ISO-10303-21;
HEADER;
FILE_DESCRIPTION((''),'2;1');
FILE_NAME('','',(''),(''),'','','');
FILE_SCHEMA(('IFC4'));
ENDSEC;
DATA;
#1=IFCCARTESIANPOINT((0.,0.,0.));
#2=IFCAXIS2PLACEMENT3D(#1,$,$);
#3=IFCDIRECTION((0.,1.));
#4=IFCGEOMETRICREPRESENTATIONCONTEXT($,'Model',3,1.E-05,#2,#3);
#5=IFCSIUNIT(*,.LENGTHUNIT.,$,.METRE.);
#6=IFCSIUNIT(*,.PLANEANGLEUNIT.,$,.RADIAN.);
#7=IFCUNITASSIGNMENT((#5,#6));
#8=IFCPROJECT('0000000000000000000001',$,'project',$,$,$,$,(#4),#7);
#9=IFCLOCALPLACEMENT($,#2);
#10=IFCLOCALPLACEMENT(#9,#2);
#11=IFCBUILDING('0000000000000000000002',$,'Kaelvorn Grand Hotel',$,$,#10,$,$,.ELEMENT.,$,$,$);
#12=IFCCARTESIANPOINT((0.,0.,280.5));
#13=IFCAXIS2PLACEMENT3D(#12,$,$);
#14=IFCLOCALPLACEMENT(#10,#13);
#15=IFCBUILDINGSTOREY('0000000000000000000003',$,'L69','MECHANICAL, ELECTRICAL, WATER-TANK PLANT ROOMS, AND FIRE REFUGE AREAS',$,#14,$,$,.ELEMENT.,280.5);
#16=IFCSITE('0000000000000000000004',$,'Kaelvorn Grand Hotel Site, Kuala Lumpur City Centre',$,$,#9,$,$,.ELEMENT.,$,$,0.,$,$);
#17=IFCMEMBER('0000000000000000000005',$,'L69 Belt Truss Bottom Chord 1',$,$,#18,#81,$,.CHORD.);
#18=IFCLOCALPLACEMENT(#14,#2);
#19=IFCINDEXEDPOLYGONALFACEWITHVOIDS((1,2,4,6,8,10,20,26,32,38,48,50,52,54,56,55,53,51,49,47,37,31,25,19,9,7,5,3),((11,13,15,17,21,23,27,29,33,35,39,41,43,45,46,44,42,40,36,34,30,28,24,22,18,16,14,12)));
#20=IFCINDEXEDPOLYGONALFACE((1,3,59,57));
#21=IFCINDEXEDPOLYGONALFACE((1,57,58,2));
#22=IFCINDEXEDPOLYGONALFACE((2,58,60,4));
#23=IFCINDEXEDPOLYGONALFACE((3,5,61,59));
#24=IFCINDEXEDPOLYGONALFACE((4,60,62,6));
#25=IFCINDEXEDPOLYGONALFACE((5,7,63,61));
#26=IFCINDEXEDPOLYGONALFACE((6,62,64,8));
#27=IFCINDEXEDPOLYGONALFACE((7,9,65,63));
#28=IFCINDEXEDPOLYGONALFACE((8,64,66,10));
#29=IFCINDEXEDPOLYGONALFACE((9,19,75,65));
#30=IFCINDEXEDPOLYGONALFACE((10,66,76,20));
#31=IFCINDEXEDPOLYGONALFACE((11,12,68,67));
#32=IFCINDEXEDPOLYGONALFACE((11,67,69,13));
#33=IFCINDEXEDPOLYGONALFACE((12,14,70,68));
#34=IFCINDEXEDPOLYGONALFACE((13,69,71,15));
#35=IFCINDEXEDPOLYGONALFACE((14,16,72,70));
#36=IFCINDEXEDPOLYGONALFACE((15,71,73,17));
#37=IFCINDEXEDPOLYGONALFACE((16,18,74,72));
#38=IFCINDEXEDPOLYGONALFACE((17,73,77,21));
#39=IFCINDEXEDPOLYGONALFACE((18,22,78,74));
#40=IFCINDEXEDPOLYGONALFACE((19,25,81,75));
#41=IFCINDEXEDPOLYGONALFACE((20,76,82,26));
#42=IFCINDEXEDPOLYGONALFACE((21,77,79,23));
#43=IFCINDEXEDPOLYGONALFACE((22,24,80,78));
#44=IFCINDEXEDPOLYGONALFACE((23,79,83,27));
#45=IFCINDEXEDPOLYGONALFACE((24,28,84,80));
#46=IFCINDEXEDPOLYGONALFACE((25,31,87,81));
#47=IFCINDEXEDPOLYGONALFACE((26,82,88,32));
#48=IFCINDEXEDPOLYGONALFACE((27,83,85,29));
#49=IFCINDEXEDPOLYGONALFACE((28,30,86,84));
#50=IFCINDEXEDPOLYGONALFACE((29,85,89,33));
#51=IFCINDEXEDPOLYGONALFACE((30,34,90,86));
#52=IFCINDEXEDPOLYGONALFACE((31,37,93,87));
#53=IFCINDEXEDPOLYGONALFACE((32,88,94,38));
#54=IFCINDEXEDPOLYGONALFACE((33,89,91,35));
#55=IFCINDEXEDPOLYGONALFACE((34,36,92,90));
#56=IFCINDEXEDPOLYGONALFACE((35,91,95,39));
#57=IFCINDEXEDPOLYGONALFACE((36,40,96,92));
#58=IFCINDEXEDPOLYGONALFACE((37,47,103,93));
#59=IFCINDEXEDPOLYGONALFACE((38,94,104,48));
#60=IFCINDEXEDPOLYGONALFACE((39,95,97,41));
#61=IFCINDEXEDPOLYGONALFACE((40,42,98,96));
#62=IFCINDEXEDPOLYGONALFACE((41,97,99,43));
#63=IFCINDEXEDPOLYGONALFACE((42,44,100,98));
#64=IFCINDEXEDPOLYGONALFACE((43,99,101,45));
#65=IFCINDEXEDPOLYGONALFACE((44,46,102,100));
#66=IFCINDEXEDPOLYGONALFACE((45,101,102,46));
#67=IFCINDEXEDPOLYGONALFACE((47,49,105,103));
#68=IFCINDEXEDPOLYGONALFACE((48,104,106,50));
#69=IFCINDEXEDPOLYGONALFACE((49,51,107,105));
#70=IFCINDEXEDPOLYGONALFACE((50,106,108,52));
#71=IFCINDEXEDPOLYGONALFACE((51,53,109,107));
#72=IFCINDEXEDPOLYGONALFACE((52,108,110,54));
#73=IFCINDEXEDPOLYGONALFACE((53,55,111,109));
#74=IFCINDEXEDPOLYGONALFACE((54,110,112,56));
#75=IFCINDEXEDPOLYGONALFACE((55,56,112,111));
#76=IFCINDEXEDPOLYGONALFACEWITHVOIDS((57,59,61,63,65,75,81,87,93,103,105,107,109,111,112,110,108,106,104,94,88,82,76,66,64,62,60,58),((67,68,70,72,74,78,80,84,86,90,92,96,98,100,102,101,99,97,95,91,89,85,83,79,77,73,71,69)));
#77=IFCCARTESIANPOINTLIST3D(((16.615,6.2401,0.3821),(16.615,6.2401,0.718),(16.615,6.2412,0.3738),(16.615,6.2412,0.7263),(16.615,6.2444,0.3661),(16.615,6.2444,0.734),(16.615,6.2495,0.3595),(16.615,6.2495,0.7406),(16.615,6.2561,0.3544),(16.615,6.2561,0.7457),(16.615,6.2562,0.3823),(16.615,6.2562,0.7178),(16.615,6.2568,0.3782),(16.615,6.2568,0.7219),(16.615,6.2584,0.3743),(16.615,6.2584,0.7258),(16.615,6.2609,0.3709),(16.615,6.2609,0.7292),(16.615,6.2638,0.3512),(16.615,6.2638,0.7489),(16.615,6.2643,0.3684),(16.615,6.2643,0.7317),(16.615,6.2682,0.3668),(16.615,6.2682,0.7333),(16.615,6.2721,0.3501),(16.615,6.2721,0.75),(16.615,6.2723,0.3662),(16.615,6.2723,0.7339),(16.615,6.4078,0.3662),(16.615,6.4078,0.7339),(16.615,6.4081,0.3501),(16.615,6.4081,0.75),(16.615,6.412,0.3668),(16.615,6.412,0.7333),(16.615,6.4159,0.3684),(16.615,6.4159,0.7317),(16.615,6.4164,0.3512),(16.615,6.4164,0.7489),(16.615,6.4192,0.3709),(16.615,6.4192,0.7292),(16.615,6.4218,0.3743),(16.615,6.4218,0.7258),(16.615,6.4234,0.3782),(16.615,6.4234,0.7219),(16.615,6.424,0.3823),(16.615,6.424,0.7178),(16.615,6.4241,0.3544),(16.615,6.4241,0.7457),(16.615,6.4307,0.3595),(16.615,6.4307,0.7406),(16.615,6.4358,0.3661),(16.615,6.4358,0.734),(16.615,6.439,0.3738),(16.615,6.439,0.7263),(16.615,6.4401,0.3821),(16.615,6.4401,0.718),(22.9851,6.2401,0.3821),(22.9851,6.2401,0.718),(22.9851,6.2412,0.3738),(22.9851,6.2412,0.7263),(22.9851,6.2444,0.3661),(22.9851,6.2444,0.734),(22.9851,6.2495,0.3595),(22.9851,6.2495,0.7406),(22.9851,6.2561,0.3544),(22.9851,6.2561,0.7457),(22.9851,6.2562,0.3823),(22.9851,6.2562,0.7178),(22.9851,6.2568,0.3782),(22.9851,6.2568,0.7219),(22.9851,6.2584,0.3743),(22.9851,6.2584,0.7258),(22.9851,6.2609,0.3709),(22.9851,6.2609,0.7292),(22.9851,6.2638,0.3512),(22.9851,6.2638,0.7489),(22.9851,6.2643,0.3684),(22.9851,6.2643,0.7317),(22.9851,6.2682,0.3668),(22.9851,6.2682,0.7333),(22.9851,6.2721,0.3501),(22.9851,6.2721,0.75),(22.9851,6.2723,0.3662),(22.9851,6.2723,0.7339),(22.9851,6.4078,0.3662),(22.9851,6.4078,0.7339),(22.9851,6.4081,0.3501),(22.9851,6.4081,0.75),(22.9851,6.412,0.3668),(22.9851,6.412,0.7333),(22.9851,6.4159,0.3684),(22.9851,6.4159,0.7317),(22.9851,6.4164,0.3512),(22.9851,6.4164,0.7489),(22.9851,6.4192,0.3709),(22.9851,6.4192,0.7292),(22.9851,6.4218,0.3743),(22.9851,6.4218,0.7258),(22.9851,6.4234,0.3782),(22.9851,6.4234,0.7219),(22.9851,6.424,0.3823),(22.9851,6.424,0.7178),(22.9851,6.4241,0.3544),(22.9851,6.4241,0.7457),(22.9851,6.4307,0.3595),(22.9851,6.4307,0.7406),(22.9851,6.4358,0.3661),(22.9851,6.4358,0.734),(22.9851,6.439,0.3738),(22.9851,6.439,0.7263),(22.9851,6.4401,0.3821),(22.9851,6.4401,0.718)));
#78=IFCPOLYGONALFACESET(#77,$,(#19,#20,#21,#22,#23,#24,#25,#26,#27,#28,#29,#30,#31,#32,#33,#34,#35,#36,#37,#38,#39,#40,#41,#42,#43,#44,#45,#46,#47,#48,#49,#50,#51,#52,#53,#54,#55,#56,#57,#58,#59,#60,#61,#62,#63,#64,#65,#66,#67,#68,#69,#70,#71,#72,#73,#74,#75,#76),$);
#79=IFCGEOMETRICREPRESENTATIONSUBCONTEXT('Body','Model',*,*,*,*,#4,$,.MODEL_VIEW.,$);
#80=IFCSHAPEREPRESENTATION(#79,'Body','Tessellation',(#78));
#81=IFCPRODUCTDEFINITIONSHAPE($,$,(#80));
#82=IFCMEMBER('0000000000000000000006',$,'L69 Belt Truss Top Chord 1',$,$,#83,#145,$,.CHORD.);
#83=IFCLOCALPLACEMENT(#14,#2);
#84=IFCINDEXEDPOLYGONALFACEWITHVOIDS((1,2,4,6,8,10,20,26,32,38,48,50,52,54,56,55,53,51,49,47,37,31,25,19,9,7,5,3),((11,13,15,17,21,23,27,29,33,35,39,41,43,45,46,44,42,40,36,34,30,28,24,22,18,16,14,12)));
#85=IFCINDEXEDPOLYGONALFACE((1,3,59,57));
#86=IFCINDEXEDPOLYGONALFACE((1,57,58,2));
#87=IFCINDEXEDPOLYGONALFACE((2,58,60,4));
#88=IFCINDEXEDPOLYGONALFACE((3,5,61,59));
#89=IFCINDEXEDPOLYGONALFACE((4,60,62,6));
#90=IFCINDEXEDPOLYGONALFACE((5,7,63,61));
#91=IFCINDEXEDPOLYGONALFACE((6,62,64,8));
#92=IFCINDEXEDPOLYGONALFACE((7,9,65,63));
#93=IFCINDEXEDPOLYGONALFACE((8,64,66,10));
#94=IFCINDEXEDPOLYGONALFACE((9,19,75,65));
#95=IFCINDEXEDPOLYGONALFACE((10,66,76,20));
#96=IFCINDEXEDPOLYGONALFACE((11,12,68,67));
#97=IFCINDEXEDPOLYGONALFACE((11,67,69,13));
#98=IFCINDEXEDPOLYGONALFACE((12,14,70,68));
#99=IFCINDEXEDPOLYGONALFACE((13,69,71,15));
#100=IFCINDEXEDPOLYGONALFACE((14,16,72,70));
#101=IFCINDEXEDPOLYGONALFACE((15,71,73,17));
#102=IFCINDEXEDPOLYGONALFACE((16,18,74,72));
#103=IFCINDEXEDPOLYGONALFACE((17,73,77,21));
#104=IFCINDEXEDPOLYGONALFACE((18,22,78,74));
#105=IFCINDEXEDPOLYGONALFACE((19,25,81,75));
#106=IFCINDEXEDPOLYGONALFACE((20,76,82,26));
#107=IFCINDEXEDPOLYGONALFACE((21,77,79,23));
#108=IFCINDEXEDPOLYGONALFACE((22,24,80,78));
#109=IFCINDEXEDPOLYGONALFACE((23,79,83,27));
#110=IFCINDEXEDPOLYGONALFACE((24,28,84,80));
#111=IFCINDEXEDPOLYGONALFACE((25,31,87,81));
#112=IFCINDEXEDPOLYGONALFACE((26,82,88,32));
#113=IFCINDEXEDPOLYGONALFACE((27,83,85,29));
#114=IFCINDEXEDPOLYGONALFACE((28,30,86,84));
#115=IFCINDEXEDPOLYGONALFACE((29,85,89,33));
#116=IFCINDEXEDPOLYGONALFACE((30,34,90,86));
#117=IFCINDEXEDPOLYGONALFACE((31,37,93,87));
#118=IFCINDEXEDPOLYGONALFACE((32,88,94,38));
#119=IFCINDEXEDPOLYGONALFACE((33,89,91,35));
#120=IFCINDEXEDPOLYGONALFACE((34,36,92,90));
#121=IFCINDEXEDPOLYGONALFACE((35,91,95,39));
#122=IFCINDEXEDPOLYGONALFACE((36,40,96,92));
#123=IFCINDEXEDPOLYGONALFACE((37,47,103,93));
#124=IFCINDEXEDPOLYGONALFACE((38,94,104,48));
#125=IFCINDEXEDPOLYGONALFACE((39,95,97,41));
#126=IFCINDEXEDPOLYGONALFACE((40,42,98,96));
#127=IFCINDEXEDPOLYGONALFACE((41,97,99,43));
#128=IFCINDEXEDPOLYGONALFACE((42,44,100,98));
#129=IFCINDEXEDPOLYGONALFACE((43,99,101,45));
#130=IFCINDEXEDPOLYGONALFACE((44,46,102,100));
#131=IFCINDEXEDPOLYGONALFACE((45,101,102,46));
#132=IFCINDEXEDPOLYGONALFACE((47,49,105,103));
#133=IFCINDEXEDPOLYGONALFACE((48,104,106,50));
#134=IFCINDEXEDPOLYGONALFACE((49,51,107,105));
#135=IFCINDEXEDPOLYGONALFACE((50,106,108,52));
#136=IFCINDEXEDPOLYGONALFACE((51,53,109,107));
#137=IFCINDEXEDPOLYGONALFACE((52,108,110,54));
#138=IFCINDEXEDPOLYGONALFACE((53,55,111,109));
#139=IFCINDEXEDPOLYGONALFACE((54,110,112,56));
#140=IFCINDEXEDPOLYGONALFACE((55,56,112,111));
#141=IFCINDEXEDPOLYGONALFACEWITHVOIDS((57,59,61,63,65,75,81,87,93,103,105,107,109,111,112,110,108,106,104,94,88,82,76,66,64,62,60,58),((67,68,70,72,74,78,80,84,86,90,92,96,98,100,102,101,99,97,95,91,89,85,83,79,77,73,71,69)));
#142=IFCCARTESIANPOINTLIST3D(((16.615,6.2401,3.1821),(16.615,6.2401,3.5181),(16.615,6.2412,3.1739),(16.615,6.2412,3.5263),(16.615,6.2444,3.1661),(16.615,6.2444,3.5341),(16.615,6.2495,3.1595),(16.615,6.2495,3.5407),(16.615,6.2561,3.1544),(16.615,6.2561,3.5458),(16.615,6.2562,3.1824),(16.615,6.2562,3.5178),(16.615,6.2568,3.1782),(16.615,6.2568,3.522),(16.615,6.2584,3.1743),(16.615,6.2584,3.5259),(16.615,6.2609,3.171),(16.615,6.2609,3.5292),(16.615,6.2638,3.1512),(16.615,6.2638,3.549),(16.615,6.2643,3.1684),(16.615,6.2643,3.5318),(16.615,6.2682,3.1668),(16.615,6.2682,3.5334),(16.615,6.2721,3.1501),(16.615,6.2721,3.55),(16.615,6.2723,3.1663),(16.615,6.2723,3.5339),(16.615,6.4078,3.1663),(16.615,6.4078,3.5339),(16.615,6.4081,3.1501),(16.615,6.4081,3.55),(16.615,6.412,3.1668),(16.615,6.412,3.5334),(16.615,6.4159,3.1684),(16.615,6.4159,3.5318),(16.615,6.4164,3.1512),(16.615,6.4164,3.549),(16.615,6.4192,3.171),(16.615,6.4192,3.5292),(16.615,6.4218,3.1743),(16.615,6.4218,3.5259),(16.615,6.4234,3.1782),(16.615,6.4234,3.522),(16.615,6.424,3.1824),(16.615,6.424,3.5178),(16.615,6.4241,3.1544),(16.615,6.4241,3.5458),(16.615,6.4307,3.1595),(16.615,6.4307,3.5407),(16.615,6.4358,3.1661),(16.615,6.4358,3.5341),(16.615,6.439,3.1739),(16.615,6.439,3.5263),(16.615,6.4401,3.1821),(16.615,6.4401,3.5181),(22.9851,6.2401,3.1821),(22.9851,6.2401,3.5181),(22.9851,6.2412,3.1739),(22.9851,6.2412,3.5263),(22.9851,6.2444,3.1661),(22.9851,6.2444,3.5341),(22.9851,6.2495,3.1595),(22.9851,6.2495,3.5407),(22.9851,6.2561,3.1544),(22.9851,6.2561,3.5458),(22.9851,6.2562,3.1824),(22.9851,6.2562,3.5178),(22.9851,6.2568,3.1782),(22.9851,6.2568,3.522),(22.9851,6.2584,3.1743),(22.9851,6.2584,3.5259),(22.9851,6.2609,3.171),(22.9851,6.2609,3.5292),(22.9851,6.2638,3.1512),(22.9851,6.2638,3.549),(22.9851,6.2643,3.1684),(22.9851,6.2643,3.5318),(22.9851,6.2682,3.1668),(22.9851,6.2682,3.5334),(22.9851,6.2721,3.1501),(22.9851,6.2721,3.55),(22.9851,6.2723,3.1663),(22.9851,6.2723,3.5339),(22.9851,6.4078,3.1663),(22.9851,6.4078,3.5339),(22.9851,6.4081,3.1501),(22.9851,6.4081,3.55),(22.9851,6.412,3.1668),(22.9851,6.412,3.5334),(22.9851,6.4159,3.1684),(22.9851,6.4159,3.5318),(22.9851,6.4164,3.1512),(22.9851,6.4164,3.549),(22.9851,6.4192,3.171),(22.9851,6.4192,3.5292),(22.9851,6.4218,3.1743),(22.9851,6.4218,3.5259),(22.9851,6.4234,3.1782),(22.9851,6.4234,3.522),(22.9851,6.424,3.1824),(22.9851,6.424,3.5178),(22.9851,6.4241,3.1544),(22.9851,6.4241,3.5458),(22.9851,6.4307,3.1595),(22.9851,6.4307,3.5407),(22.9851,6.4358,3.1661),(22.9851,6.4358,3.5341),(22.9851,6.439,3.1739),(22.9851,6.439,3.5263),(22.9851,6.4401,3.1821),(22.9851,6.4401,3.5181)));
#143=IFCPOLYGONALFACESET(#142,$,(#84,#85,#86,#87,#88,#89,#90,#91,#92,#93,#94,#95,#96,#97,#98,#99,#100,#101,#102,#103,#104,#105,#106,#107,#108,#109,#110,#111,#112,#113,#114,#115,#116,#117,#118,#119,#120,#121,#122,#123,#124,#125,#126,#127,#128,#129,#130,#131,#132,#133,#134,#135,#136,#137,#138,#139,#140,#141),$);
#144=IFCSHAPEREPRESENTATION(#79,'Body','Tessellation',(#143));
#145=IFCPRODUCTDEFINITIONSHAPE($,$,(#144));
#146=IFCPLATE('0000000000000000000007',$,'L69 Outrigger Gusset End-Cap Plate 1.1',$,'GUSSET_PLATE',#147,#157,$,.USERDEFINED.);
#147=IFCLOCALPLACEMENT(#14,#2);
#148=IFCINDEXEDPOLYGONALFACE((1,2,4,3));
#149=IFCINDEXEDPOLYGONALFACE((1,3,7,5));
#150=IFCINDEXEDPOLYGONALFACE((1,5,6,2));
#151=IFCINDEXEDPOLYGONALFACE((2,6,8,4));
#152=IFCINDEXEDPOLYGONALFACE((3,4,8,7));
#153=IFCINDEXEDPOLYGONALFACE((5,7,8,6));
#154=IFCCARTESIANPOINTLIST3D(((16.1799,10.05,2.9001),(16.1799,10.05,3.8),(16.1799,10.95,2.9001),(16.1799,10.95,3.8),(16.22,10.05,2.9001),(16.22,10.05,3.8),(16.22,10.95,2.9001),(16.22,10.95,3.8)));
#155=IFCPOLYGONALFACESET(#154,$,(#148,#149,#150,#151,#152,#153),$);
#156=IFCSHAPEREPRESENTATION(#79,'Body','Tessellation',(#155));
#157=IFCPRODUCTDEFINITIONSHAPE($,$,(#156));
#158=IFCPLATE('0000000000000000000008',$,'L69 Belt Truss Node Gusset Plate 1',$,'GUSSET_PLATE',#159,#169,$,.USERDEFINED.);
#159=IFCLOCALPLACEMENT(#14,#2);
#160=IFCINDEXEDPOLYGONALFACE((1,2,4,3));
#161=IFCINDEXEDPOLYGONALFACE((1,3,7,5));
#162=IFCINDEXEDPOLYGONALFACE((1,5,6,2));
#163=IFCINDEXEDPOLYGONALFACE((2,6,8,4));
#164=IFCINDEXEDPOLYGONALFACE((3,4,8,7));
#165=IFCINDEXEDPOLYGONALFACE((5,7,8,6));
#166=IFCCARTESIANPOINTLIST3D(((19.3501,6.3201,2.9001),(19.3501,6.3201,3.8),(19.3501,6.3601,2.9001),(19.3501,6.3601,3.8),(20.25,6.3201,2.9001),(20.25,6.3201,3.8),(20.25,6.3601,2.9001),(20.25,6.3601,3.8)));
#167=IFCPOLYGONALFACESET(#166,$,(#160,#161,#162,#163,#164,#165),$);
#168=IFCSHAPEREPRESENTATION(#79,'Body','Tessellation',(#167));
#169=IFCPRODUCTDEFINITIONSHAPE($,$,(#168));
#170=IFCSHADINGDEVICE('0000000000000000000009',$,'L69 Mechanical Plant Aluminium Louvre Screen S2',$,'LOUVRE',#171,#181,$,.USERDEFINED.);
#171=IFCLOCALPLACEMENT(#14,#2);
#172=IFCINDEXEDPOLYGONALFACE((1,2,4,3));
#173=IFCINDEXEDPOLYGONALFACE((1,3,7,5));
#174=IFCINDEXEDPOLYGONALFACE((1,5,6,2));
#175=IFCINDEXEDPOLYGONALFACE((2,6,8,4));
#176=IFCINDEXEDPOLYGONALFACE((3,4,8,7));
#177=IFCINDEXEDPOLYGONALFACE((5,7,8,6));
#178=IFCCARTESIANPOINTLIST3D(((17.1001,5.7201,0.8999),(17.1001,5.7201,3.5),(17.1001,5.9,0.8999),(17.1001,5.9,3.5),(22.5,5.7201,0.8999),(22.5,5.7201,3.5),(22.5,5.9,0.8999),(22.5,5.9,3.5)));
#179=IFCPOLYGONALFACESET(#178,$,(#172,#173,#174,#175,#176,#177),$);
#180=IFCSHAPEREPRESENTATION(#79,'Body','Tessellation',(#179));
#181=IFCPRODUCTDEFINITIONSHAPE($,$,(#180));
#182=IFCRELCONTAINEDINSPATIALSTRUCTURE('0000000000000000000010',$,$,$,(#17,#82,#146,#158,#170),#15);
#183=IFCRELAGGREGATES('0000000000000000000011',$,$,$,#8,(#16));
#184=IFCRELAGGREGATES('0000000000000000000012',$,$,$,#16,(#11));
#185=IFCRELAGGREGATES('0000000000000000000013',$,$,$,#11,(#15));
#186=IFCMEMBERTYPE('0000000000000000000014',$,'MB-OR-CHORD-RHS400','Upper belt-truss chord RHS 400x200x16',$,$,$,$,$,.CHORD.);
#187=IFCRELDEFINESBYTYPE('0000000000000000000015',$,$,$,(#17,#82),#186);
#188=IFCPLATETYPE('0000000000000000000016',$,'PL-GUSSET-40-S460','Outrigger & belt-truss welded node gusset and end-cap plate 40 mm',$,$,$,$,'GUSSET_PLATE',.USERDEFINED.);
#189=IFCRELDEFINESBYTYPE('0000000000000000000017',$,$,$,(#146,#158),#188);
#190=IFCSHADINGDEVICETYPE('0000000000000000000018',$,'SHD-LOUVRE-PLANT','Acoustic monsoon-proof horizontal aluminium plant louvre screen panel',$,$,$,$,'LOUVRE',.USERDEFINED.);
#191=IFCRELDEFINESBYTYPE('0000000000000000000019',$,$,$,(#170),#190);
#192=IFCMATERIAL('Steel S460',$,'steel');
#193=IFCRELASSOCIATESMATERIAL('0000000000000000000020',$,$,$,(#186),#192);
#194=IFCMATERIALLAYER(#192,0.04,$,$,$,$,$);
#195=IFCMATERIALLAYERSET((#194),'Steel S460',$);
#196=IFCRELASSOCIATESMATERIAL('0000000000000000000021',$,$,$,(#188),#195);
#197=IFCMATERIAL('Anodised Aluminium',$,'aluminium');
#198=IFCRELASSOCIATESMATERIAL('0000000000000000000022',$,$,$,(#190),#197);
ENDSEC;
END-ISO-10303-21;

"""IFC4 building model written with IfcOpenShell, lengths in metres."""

from ifc_helpers import new_model, si_unit, direction, frame, origin, origin_2d, place, context, subcontext, project, spatial, rectangle, hollow_rectangle, extrude, material, layer, layer_set, material_profile, profile_set, type_object, element, save


model = new_model("IFC4")

# Units and contexts
model_context = context("Model", 3, precision=1e-05, world=origin(), true_north=direction((0.0, 1.0)))
body_context = subcontext(model_context, "Body", "Model", "MODEL_VIEW")
ifc_project = project(units=[si_unit("LENGTHUNIT", "METRE"), si_unit("PLANEANGLEUNIT", "RADIAN")], contexts=[model_context])

# Site, building, storey
site_placement = place(None, origin())
site = spatial("IfcSite", under=ifc_project, at=site_placement, Name="Kaelvorn Grand Hotel Site, Kuala Lumpur City Centre", CompositionType="ELEMENT", RefElevation=0.0)
building_placement = place(site_placement, origin())
building = spatial("IfcBuilding", under=site, at=building_placement, Name="Kaelvorn Grand Hotel", CompositionType="ELEMENT")
storey_placement = place(building_placement, frame((0.0, 0.0, 280.5)))
storey = spatial("IfcBuildingStorey", under=building, at=storey_placement, Name="L69", Description="MECHANICAL, ELECTRICAL, WATER-TANK PLANT ROOMS, AND FIRE REFUGE AREAS", CompositionType="ELEMENT", Elevation=280.5)

# Shared definitions
ifc_material_1 = material(Name="Steel S460", Category="steel")

# Members
ifc_material_profile_1 = material_profile(ifc_material_1, hollow_rectangle(XDim=0.2, YDim=0.3999, WallThickness=0.0161, InnerFilletRadius=0.0161, OuterFilletRadius=0.032, at=origin_2d()), Name="RHS 400x200x16.0")
ifc_profile_set_1 = profile_set([ifc_material_profile_1], Name="Steel S460")
member_type_1 = type_object("IfcMemberType", Name="MB-OR-CHORD-RHS400", Description="Upper belt-truss chord RHS 400x200x16", PredefinedType="CHORD", material=ifc_profile_set_1)
for number, where, z_axis, x_axis, name in (
    (1, (16.615, 6.3401, 0.55), (1.0, 0.0, 0.0), (0.0, 1.0, 0.0), "L69 Belt Truss Bottom Chord 1"),
    (2, (16.615, 6.3401, 3.3501), (1.0, 0.0, 0.0), (0.0, 1.0, 0.0), "L69 Belt Truss Top Chord 1"),
):
    element("IfcMember", number, at=place(storey_placement, frame(where, z_axis=z_axis, x_axis=x_axis)), inside=storey, type_object=member_type_1, Name=name, PredefinedType="CHORD", context=body_context, shape_type="SweptSolid", body=[
        extrude(hollow_rectangle(XDim=0.2, YDim=0.3999, WallThickness=0.0161, InnerFilletRadius=0.0161, OuterFilletRadius=0.032, at=origin_2d()), origin(), (0.0, 0.0, 1.0), 6.3701),
    ])

# Plates
ifc_layer = layer(ifc_material_1, 0.04)
ifc_layer_set = layer_set([ifc_layer], Name="Steel S460")
plate_type = type_object("IfcPlateType", Name="PL-GUSSET-40-S460", Description="Outrigger & belt-truss welded node gusset and end-cap plate 40 mm", ElementType="GUSSET_PLATE", PredefinedType="USERDEFINED", material=ifc_layer_set)
plate_1_placement = place(storey_placement, frame((16.2, 10.5, 2.9001), z_axis=(0.0, 0.0, 1.0), x_axis=(1.0, 0.0, 0.0)))
element("IfcPlate", 3, at=plate_1_placement, inside=storey, type_object=plate_type, Name="L69 Outrigger Gusset End-Cap Plate 1.1", ObjectType="GUSSET_PLATE", PredefinedType="USERDEFINED", context=body_context, shape_type="SweptSolid", body=[
    extrude(rectangle(XDim=0.04, YDim=0.8999, at=origin_2d()), origin(), (0.0, 0.0, 1.0), 0.8999),
])
plate_2_placement = place(storey_placement, frame((19.8, 6.3401, 2.9001), z_axis=(0.0, 0.0, 1.0), x_axis=(1.0, 0.0, 0.0)))
element("IfcPlate", 4, at=plate_2_placement, inside=storey, type_object=plate_type, Name="L69 Belt Truss Node Gusset Plate 1", ObjectType="GUSSET_PLATE", PredefinedType="USERDEFINED", context=body_context, shape_type="SweptSolid", body=[
    extrude(rectangle(XDim=0.8999, YDim=0.04, at=origin_2d()), origin(), (0.0, 0.0, 1.0), 0.8999),
])

# Shading device
ifc_material_2 = material(Name="Anodised Aluminium", Category="aluminium")
shading_device_type = type_object("IfcShadingDeviceType", Name="SHD-LOUVRE-PLANT", Description="Acoustic monsoon-proof horizontal aluminium plant louvre screen panel", ElementType="LOUVRE", PredefinedType="USERDEFINED", material=ifc_material_2)
shading_device_placement = place(storey_placement, frame((19.8, 5.8101, 0.8999), z_axis=(0.0, 0.0, 1.0), x_axis=(1.0, 0.0, 0.0)))
element("IfcShadingDevice", 5, at=shading_device_placement, inside=storey, type_object=shading_device_type, Name="L69 Mechanical Plant Aluminium Louvre Screen S2", ObjectType="LOUVRE", PredefinedType="USERDEFINED", context=body_context, shape_type="SweptSolid", body=[
    extrude(rectangle(XDim=5.3999, YDim=0.1799, at=origin_2d()), origin(), (0.0, 0.0, 1.0), 2.6001),
])

save(model, "model.ifc")
